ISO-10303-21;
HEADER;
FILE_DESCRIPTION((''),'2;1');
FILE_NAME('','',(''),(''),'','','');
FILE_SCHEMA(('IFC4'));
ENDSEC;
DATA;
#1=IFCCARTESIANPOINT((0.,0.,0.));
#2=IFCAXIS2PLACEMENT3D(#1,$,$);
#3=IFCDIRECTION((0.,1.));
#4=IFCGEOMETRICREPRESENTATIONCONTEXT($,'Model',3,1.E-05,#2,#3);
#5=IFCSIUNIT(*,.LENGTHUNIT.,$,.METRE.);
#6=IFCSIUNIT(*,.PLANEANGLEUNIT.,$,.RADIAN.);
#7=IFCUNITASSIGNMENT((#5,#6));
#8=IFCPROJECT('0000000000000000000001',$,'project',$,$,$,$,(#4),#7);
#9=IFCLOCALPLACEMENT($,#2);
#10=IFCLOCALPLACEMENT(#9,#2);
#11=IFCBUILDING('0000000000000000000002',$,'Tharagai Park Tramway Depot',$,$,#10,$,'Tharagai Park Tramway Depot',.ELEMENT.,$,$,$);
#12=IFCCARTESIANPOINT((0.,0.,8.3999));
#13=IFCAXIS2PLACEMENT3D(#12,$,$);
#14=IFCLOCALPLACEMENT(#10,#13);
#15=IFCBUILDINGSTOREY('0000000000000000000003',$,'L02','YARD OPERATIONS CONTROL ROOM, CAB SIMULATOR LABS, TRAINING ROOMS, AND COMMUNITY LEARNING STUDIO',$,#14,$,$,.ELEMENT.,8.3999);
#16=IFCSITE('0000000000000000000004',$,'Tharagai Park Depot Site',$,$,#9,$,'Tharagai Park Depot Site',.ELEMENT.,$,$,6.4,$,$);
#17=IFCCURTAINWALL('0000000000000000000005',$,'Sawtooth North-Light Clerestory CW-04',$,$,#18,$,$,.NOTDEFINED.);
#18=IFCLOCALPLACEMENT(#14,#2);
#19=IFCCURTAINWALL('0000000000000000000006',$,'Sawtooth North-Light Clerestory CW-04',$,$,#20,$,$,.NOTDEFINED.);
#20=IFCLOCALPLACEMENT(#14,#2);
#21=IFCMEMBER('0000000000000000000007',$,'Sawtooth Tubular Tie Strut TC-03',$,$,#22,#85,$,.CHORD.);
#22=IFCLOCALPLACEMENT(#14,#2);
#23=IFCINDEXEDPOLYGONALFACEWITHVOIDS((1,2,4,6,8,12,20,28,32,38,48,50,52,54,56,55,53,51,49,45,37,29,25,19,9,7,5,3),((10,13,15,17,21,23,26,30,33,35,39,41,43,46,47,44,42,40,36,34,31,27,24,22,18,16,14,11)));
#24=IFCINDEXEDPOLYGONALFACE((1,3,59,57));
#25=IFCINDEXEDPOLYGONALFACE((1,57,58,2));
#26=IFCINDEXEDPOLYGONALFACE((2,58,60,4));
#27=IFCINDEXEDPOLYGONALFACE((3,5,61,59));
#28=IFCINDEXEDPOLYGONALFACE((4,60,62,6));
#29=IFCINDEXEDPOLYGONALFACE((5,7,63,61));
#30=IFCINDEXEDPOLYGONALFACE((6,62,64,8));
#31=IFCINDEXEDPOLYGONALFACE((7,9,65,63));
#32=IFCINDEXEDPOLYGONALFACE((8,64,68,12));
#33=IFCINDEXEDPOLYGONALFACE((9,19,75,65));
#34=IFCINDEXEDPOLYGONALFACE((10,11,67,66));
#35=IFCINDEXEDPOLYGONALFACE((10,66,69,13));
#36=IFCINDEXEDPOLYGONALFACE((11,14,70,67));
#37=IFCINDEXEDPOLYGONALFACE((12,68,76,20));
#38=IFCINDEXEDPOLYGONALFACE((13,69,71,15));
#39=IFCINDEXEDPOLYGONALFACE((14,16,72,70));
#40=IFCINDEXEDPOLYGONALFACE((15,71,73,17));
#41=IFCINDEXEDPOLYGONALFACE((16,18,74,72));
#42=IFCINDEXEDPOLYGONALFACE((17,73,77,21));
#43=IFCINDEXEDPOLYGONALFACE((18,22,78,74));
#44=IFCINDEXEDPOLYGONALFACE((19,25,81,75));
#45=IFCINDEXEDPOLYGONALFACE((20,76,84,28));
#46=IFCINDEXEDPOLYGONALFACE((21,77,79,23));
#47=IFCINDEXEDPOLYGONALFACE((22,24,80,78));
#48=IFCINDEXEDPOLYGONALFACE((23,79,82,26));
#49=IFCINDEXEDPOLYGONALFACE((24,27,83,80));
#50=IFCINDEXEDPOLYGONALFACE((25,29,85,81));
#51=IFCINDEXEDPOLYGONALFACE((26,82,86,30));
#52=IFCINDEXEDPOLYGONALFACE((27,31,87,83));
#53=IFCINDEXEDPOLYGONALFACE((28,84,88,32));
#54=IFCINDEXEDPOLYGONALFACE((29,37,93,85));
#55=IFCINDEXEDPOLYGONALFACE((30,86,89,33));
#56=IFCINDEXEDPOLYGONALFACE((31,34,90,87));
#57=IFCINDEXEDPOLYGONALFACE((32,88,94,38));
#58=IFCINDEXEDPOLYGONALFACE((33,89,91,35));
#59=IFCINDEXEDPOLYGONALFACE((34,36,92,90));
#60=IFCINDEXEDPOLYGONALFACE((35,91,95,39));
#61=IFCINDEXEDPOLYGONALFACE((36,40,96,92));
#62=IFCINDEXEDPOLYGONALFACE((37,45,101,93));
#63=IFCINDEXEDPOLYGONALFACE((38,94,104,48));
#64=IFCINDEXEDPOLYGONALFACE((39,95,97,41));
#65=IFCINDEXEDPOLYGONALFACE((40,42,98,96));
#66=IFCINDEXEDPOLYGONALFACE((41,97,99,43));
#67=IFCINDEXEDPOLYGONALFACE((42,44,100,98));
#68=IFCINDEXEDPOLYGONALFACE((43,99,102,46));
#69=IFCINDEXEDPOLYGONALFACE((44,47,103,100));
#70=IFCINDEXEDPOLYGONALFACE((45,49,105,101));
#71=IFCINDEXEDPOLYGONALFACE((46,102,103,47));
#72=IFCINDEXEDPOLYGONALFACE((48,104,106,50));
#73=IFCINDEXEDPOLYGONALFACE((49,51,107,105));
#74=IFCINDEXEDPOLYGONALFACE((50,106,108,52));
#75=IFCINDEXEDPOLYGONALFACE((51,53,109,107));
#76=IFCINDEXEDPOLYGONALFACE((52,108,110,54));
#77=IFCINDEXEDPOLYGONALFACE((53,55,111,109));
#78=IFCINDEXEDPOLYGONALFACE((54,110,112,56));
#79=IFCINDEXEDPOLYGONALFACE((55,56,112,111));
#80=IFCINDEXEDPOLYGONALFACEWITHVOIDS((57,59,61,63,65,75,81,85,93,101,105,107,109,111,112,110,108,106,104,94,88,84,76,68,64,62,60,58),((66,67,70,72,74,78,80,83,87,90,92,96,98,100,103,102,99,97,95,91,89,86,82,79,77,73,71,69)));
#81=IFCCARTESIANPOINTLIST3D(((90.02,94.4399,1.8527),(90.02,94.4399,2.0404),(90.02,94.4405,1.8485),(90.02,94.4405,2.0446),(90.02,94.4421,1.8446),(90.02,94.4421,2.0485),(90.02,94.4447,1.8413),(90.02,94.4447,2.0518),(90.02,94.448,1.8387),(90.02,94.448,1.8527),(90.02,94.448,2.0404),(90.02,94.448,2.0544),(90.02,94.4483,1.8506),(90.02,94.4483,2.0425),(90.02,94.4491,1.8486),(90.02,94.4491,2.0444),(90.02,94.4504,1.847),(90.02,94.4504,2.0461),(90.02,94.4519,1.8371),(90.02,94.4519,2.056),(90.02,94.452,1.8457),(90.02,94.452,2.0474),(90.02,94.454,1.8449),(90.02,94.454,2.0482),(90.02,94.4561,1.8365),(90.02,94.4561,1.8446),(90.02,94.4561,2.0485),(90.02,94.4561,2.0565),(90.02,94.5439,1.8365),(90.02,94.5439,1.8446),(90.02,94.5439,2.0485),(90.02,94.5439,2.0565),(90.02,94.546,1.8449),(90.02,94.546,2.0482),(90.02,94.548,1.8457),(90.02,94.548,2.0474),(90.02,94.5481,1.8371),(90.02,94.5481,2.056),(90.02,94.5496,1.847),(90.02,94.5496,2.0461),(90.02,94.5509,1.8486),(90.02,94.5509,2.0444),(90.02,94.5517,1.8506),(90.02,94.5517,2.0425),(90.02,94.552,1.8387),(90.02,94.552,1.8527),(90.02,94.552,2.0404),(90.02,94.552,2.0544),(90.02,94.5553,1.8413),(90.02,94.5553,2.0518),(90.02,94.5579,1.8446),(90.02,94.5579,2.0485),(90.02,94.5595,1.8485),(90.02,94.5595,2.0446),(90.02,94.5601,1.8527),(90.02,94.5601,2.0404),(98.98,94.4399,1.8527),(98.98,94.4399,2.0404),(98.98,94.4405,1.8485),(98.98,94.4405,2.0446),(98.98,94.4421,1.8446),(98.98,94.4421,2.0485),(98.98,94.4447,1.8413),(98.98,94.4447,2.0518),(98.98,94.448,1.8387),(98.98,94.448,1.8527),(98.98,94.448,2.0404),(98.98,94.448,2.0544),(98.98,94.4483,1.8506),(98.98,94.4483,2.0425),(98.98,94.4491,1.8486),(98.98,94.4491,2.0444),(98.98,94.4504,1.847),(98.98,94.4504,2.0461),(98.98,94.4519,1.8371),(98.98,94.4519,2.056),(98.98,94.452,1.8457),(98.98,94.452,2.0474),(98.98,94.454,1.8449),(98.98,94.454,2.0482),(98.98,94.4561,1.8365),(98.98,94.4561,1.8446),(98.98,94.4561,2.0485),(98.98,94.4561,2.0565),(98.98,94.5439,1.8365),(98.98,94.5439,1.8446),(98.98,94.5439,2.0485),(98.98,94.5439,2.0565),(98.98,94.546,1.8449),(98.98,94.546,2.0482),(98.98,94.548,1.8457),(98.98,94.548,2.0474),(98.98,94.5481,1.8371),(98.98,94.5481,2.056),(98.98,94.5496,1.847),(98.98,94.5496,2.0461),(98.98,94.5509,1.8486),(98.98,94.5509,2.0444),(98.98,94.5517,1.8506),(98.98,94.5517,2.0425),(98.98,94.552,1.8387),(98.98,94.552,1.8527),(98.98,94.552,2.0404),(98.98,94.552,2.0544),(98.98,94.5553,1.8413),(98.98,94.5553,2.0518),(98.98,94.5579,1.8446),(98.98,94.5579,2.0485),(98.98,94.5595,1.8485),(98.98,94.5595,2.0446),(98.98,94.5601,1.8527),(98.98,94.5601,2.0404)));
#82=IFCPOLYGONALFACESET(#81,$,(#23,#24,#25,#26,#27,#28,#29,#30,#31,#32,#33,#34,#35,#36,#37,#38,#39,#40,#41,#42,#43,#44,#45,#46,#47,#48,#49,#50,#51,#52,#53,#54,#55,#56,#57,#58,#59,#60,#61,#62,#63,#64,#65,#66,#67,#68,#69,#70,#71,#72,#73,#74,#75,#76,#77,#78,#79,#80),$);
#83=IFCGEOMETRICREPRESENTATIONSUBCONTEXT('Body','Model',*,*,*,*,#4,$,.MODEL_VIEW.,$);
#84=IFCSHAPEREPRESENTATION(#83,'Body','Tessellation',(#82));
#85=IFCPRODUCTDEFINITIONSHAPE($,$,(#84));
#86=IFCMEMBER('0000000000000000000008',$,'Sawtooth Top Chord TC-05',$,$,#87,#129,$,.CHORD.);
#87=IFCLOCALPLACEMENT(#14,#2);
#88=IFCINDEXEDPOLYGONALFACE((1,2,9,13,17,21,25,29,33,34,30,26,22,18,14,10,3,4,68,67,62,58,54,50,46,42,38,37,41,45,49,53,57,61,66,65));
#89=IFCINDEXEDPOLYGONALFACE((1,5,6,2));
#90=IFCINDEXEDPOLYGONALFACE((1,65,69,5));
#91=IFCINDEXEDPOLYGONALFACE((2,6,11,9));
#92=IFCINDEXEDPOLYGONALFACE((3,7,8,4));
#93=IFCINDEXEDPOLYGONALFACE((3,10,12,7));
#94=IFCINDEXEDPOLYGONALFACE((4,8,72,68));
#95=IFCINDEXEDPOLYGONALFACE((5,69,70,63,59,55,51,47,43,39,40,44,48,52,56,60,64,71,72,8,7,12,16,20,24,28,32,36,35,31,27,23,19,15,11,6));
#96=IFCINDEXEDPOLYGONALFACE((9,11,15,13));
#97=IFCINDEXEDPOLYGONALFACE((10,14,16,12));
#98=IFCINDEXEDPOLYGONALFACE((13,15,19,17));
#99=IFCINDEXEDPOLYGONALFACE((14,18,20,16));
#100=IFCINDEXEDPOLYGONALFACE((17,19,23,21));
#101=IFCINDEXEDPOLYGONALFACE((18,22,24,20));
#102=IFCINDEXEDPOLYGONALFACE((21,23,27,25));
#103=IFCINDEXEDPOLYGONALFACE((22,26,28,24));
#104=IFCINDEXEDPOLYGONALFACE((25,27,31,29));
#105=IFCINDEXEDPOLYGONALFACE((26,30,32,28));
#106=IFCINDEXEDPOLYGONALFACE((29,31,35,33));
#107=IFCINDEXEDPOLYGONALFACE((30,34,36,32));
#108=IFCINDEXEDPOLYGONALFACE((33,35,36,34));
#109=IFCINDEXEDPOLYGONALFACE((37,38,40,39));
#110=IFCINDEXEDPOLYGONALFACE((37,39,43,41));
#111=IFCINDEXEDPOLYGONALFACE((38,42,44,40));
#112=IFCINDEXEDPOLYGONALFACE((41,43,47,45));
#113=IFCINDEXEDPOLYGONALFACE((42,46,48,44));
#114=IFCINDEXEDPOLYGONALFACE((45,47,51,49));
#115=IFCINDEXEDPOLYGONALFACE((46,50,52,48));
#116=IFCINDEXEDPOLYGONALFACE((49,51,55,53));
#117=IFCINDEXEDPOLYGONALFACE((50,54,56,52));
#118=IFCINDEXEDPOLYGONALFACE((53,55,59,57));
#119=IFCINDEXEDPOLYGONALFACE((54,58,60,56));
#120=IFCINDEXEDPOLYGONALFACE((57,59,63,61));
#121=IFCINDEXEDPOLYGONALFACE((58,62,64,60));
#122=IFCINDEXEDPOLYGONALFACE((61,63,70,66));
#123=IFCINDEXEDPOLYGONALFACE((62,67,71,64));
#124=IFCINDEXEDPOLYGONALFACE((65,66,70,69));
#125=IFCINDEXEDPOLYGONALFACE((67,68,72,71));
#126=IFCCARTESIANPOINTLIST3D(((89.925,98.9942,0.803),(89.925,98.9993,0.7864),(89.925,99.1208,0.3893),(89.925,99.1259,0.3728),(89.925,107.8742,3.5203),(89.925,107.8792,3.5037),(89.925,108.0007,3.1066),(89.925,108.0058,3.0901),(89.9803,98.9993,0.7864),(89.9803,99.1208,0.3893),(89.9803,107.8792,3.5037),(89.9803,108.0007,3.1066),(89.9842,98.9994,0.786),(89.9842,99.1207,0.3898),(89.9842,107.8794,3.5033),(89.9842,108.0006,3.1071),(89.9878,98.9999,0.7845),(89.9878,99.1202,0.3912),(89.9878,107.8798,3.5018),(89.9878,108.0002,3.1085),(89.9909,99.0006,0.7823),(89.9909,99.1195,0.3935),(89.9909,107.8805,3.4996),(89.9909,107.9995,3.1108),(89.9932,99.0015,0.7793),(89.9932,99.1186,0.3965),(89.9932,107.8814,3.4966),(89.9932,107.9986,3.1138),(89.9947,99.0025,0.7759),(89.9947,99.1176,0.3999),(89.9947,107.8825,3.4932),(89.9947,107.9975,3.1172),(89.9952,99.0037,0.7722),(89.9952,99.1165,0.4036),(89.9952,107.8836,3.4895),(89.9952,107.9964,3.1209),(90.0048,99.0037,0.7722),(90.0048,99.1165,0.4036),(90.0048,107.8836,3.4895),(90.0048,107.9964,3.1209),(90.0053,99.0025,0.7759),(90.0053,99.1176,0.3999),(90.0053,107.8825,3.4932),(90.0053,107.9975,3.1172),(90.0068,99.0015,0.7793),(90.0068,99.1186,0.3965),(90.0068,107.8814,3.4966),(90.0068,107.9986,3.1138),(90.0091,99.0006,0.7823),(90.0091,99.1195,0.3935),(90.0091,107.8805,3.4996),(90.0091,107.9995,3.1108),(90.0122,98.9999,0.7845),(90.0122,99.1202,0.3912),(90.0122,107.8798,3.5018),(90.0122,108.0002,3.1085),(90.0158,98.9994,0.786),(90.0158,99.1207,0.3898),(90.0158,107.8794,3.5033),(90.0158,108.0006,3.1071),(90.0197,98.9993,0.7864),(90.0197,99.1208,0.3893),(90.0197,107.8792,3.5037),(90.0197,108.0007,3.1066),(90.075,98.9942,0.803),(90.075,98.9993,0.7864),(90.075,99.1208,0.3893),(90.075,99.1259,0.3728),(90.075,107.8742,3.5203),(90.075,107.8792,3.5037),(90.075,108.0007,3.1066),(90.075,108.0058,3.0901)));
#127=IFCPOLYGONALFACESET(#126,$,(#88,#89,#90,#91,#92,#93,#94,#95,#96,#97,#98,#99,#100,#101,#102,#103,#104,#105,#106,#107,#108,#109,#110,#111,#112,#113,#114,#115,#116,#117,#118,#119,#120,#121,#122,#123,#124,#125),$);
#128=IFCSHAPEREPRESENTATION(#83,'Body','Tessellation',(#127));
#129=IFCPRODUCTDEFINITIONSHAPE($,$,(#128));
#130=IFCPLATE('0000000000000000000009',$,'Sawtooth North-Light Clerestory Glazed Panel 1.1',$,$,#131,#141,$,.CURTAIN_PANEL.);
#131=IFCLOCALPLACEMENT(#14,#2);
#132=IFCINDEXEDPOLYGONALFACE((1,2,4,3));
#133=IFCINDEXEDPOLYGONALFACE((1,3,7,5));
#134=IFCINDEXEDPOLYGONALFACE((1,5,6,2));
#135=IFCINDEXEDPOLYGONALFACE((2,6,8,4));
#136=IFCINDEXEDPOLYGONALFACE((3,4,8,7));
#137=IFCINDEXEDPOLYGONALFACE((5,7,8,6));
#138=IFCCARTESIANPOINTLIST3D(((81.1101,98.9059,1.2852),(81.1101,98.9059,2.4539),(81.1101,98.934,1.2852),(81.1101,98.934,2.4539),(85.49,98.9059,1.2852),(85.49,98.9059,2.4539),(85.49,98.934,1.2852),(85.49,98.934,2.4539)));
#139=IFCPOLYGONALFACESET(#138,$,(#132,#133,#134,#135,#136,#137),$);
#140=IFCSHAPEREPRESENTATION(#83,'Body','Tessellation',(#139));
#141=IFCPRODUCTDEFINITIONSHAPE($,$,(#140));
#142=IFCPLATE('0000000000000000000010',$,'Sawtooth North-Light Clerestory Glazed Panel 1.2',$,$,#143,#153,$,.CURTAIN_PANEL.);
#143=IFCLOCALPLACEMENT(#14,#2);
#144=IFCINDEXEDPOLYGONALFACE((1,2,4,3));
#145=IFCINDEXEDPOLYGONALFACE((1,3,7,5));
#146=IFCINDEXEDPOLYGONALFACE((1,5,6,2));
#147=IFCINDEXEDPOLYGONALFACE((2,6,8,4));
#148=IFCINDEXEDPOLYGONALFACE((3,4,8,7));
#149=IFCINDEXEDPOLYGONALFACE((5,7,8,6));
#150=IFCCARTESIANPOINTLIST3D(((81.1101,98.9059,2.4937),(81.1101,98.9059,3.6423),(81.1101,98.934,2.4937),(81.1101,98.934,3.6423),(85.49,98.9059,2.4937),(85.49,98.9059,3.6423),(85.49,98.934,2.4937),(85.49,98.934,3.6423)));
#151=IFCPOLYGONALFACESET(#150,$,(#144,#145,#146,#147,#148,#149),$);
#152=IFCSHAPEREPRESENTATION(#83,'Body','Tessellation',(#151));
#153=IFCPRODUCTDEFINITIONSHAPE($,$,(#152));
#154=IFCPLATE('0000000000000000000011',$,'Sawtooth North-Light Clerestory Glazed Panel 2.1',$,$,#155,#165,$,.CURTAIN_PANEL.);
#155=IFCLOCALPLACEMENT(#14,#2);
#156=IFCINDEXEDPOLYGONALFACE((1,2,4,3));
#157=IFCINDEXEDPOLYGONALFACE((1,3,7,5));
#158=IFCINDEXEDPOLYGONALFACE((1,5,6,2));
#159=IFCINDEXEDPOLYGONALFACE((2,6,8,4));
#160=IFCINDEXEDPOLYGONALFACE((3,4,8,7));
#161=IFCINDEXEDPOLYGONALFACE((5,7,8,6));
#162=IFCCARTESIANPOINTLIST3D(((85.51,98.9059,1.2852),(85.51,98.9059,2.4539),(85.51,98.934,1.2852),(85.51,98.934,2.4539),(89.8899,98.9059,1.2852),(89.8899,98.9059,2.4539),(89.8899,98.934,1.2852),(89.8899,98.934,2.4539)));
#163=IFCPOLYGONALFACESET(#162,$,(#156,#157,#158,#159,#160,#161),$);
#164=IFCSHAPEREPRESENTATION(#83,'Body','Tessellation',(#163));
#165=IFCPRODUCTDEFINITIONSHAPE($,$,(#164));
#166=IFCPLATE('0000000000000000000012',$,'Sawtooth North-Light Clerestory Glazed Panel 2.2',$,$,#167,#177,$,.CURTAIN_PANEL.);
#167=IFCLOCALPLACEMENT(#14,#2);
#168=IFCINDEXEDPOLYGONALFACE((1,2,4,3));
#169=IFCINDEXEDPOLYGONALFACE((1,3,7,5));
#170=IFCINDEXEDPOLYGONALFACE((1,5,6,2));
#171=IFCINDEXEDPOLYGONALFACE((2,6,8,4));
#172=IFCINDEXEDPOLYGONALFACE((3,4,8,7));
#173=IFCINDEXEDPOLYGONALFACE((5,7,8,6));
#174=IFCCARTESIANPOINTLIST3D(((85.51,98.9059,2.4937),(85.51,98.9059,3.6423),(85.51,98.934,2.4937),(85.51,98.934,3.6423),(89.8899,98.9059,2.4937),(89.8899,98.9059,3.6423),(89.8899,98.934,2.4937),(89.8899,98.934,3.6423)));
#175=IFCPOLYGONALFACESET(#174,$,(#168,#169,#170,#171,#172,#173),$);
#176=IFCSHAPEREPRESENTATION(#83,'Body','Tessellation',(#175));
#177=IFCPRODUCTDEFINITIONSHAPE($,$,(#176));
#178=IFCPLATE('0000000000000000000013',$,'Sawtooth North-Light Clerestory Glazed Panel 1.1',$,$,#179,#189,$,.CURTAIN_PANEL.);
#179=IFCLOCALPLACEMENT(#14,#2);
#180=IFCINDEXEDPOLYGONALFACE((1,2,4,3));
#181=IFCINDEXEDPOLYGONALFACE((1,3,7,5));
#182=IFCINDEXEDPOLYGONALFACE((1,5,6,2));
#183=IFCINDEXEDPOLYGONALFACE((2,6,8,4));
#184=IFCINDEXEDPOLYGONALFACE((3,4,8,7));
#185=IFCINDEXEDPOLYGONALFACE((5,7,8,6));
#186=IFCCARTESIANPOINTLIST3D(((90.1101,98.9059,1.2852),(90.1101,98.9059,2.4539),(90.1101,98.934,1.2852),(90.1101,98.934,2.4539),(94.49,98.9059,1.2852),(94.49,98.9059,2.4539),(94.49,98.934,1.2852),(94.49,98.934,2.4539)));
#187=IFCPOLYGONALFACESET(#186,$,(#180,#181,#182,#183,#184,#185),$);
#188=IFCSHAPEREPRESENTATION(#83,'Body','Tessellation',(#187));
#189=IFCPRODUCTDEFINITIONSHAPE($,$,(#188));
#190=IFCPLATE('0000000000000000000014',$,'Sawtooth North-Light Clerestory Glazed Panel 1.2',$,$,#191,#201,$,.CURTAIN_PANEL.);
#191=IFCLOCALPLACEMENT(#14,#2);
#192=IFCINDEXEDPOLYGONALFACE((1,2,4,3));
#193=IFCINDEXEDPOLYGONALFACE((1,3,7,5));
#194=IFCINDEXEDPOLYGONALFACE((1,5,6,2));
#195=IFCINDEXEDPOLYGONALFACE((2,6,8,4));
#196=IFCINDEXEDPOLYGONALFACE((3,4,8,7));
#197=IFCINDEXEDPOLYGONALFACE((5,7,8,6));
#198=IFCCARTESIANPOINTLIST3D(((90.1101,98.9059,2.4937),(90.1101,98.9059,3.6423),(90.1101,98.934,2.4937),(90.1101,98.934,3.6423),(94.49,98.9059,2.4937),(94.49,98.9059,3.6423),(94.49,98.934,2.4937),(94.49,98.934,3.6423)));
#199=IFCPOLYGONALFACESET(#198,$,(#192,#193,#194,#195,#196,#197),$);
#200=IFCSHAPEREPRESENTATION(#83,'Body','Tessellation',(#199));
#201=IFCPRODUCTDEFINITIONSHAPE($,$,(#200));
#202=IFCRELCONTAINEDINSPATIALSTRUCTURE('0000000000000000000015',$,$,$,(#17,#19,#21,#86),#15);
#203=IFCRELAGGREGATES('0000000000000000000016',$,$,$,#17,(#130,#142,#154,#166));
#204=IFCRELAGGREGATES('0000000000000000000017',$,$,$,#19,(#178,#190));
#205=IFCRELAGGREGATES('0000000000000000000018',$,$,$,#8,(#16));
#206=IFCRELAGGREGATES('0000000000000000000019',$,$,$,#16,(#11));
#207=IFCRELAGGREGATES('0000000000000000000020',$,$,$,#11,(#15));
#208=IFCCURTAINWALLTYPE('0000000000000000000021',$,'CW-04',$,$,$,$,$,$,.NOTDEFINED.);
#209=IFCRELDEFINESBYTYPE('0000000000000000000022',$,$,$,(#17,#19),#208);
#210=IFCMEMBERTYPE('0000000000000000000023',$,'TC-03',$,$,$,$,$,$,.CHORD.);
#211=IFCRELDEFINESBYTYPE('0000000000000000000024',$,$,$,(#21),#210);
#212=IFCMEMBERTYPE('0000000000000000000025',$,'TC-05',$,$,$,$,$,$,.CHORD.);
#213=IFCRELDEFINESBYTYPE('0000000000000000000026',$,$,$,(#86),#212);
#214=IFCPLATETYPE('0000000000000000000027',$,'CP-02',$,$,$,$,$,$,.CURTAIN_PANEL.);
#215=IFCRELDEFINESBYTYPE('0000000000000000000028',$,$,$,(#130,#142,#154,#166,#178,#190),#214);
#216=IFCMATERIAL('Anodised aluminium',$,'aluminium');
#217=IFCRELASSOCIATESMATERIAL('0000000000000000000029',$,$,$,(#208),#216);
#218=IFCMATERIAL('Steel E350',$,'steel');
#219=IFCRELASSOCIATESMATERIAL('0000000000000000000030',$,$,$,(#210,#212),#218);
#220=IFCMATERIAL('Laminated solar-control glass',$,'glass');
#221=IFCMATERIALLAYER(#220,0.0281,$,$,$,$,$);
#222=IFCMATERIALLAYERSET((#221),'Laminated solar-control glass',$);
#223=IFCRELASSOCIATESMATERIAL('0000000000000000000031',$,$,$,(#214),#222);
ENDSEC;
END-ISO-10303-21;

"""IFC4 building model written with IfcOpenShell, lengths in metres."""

from ifc_helpers import new_model, si_unit, direction, frame, origin, origin_2d, place, context, subcontext, project, spatial, rectangle, hollow_rectangle, i_section, extrude, material, layer, layer_set, material_profile, profile_set, type_object, element, aggregate, save


model = new_model("IFC4")

# Units and contexts
model_context = context("Model", 3, precision=1e-05, world=origin(), true_north=direction((0.0, 1.0)))
body_context = subcontext(model_context, "Body", "Model", "MODEL_VIEW")
ifc_project = project(units=[si_unit("LENGTHUNIT", "METRE"), si_unit("PLANEANGLEUNIT", "RADIAN")], contexts=[model_context])

# Site, building, storey
site_placement = place(None, origin())
site = spatial("IfcSite", under=ifc_project, at=site_placement, Name="Tharagai Park Depot Site", LongName="Tharagai Park Depot Site", CompositionType="ELEMENT", RefElevation=6.4)
building_placement = place(site_placement, origin())
building = spatial("IfcBuilding", under=site, at=building_placement, Name="Tharagai Park Tramway Depot", LongName="Tharagai Park Tramway Depot", CompositionType="ELEMENT")
storey_placement = place(building_placement, frame((0.0, 0.0, 8.3999)))
storey = spatial("IfcBuildingStorey", under=building, at=storey_placement, Name="L02", Description="YARD OPERATIONS CONTROL ROOM, CAB SIMULATOR LABS, TRAINING ROOMS, AND COMMUNITY LEARNING STUDIO", CompositionType="ELEMENT", Elevation=8.3999)

# Shared definitions
ifc_material_1 = material(Name="Steel E350", Category="steel")

# Curtain walls
ifc_material_2 = material(Name="Anodised aluminium", Category="aluminium")
curtain_wall_type = type_object("IfcCurtainWallType", Name="CW-04", PredefinedType="NOTDEFINED", material=ifc_material_2)
curtain_wall_1_placement = place(storey_placement, origin())
curtain_wall_1 = element("IfcCurtainWall", 1, at=curtain_wall_1_placement, inside=storey, type_object=curtain_wall_type, Name="Sawtooth North-Light Clerestory CW-04", PredefinedType="NOTDEFINED")
curtain_wall_2_placement = place(storey_placement, origin())
curtain_wall_2 = element("IfcCurtainWall", 2, at=curtain_wall_2_placement, inside=storey, type_object=curtain_wall_type, Name="Sawtooth North-Light Clerestory CW-04", PredefinedType="NOTDEFINED")

# Members
ifc_material_profile_1 = material_profile(ifc_material_1, hollow_rectangle(XDim=0.1201, YDim=0.22, WallThickness=0.0081, InnerFilletRadius=0.0081, OuterFilletRadius=0.0161, at=origin_2d()), Name="RHS 220x120x8")
ifc_profile_set_1 = profile_set([ifc_material_profile_1], Name="Steel E350")
member_type_1 = type_object("IfcMemberType", Name="TC-03", PredefinedType="CHORD", material=ifc_profile_set_1)
member_1_placement = place(storey_placement, frame((90.02, 94.5, 1.9465), z_axis=(1.0, 0.0, 0.0), x_axis=(0.0, 1.0, 0.0)))
element("IfcMember", 3, at=member_1_placement, inside=storey, type_object=member_type_1, Name="Sawtooth Tubular Tie Strut TC-03", PredefinedType="CHORD", context=body_context, shape_type="SweptSolid", body=[
    extrude(hollow_rectangle(XDim=0.1201, YDim=0.22, WallThickness=0.0081, InnerFilletRadius=0.0081, OuterFilletRadius=0.0161, at=origin_2d()), origin(), (0.0, 0.0, 1.0), 8.96),
])
ifc_material_profile_2 = material_profile(ifc_material_1, i_section(OverallWidth=0.1499, OverallDepth=0.45, WebThickness=0.0095, FlangeThickness=0.0173, FilletRadius=0.0149, at=origin_2d()), Name="ISMB 450")
ifc_profile_set_2 = profile_set([ifc_material_profile_2], Name="Steel E350")
member_type_2 = type_object("IfcMemberType", Name="TC-05", PredefinedType="CHORD", material=ifc_profile_set_2)
member_2_placement = place(storey_placement, frame((90.0, 99.0601, 0.5879), z_axis=(0.0, 0.956231, 0.292611), x_axis=(-1.0, 0.0, 0.0)))
element("IfcMember", 4, at=member_2_placement, inside=storey, type_object=member_type_2, Name="Sawtooth Top Chord TC-05", PredefinedType="CHORD", context=body_context, shape_type="SweptSolid", body=[
    extrude(i_section(OverallWidth=0.1499, OverallDepth=0.45, WebThickness=0.0095, FlangeThickness=0.0173, FilletRadius=0.0149, at=origin_2d()), origin(), (0.0, 0.0, 1.0), 9.2864),
])

# Plates
ifc_material_3 = material(Name="Laminated solar-control glass", Category="glass")
ifc_layer_1 = layer(ifc_material_3, 0.0281)
ifc_layer_set_1 = layer_set([ifc_layer_1], Name="Laminated solar-control glass")
plate_type_1 = type_object("IfcPlateType", Name="CP-02", PredefinedType="CURTAIN_PANEL", material=ifc_layer_set_1)
plate_1_placement = place(storey_placement, frame((83.3, 98.9199, 1.2852), z_axis=(0.0, 0.0, 1.0), x_axis=(1.0, 0.0, 0.0)))
plate_1 = element("IfcPlate", 5, at=plate_1_placement, type_object=plate_type_1, Name="Sawtooth North-Light Clerestory Glazed Panel 1.1", PredefinedType="CURTAIN_PANEL", context=body_context, shape_type="SweptSolid", body=[
    extrude(rectangle(XDim=4.3799, YDim=0.0281, at=origin_2d()), origin(), (0.0, 0.0, 1.0), 1.1687),
])
plate_2_placement = place(storey_placement, frame((83.3, 98.9199, 2.4937), z_axis=(0.0, 0.0, 1.0), x_axis=(1.0, 0.0, 0.0)))
plate_2 = element("IfcPlate", 6, at=plate_2_placement, type_object=plate_type_1, Name="Sawtooth North-Light Clerestory Glazed Panel 1.2", PredefinedType="CURTAIN_PANEL", context=body_context, shape_type="SweptSolid", body=[
    extrude(rectangle(XDim=4.3799, YDim=0.0281, at=origin_2d()), origin(), (0.0, 0.0, 1.0), 1.1487),
])
plate_3_placement = place(storey_placement, frame((87.7, 98.9199, 1.2852), z_axis=(0.0, 0.0, 1.0), x_axis=(1.0, 0.0, 0.0)))
plate_3 = element("IfcPlate", 7, at=plate_3_placement, type_object=plate_type_1, Name="Sawtooth North-Light Clerestory Glazed Panel 2.1", PredefinedType="CURTAIN_PANEL", context=body_context, shape_type="SweptSolid", body=[
    extrude(rectangle(XDim=4.3799, YDim=0.0281, at=origin_2d()), origin(), (0.0, 0.0, 1.0), 1.1687),
])
plate_4_placement = place(storey_placement, frame((87.7, 98.9199, 2.4937), z_axis=(0.0, 0.0, 1.0), x_axis=(1.0, 0.0, 0.0)))
plate_4 = element("IfcPlate", 8, at=plate_4_placement, type_object=plate_type_1, Name="Sawtooth North-Light Clerestory Glazed Panel 2.2", PredefinedType="CURTAIN_PANEL", context=body_context, shape_type="SweptSolid", body=[
    extrude(rectangle(XDim=4.3799, YDim=0.0281, at=origin_2d()), origin(), (0.0, 0.0, 1.0), 1.1487),
])
aggregate(curtain_wall_1, [plate_1, plate_2, plate_3, plate_4])
plate_5_placement = place(storey_placement, frame((92.3, 98.9199, 1.2852), z_axis=(0.0, 0.0, 1.0), x_axis=(1.0, 0.0, 0.0)))
plate_5 = element("IfcPlate", 9, at=plate_5_placement, type_object=plate_type_1, Name="Sawtooth North-Light Clerestory Glazed Panel 1.1", PredefinedType="CURTAIN_PANEL", context=body_context, shape_type="SweptSolid", body=[
    extrude(rectangle(XDim=4.3799, YDim=0.0281, at=origin_2d()), origin(), (0.0, 0.0, 1.0), 1.1687),
])
plate_6_placement = place(storey_placement, frame((92.3, 98.9199, 2.4937), z_axis=(0.0, 0.0, 1.0), x_axis=(1.0, 0.0, 0.0)))
plate_6 = element("IfcPlate", 10, at=plate_6_placement, type_object=plate_type_1, Name="Sawtooth North-Light Clerestory Glazed Panel 1.2", PredefinedType="CURTAIN_PANEL", context=body_context, shape_type="SweptSolid", body=[
    extrude(rectangle(XDim=4.3799, YDim=0.0281, at=origin_2d()), origin(), (0.0, 0.0, 1.0), 1.1487),
])
aggregate(curtain_wall_2, [plate_5, plate_6])

save(model, "model.ifc")
